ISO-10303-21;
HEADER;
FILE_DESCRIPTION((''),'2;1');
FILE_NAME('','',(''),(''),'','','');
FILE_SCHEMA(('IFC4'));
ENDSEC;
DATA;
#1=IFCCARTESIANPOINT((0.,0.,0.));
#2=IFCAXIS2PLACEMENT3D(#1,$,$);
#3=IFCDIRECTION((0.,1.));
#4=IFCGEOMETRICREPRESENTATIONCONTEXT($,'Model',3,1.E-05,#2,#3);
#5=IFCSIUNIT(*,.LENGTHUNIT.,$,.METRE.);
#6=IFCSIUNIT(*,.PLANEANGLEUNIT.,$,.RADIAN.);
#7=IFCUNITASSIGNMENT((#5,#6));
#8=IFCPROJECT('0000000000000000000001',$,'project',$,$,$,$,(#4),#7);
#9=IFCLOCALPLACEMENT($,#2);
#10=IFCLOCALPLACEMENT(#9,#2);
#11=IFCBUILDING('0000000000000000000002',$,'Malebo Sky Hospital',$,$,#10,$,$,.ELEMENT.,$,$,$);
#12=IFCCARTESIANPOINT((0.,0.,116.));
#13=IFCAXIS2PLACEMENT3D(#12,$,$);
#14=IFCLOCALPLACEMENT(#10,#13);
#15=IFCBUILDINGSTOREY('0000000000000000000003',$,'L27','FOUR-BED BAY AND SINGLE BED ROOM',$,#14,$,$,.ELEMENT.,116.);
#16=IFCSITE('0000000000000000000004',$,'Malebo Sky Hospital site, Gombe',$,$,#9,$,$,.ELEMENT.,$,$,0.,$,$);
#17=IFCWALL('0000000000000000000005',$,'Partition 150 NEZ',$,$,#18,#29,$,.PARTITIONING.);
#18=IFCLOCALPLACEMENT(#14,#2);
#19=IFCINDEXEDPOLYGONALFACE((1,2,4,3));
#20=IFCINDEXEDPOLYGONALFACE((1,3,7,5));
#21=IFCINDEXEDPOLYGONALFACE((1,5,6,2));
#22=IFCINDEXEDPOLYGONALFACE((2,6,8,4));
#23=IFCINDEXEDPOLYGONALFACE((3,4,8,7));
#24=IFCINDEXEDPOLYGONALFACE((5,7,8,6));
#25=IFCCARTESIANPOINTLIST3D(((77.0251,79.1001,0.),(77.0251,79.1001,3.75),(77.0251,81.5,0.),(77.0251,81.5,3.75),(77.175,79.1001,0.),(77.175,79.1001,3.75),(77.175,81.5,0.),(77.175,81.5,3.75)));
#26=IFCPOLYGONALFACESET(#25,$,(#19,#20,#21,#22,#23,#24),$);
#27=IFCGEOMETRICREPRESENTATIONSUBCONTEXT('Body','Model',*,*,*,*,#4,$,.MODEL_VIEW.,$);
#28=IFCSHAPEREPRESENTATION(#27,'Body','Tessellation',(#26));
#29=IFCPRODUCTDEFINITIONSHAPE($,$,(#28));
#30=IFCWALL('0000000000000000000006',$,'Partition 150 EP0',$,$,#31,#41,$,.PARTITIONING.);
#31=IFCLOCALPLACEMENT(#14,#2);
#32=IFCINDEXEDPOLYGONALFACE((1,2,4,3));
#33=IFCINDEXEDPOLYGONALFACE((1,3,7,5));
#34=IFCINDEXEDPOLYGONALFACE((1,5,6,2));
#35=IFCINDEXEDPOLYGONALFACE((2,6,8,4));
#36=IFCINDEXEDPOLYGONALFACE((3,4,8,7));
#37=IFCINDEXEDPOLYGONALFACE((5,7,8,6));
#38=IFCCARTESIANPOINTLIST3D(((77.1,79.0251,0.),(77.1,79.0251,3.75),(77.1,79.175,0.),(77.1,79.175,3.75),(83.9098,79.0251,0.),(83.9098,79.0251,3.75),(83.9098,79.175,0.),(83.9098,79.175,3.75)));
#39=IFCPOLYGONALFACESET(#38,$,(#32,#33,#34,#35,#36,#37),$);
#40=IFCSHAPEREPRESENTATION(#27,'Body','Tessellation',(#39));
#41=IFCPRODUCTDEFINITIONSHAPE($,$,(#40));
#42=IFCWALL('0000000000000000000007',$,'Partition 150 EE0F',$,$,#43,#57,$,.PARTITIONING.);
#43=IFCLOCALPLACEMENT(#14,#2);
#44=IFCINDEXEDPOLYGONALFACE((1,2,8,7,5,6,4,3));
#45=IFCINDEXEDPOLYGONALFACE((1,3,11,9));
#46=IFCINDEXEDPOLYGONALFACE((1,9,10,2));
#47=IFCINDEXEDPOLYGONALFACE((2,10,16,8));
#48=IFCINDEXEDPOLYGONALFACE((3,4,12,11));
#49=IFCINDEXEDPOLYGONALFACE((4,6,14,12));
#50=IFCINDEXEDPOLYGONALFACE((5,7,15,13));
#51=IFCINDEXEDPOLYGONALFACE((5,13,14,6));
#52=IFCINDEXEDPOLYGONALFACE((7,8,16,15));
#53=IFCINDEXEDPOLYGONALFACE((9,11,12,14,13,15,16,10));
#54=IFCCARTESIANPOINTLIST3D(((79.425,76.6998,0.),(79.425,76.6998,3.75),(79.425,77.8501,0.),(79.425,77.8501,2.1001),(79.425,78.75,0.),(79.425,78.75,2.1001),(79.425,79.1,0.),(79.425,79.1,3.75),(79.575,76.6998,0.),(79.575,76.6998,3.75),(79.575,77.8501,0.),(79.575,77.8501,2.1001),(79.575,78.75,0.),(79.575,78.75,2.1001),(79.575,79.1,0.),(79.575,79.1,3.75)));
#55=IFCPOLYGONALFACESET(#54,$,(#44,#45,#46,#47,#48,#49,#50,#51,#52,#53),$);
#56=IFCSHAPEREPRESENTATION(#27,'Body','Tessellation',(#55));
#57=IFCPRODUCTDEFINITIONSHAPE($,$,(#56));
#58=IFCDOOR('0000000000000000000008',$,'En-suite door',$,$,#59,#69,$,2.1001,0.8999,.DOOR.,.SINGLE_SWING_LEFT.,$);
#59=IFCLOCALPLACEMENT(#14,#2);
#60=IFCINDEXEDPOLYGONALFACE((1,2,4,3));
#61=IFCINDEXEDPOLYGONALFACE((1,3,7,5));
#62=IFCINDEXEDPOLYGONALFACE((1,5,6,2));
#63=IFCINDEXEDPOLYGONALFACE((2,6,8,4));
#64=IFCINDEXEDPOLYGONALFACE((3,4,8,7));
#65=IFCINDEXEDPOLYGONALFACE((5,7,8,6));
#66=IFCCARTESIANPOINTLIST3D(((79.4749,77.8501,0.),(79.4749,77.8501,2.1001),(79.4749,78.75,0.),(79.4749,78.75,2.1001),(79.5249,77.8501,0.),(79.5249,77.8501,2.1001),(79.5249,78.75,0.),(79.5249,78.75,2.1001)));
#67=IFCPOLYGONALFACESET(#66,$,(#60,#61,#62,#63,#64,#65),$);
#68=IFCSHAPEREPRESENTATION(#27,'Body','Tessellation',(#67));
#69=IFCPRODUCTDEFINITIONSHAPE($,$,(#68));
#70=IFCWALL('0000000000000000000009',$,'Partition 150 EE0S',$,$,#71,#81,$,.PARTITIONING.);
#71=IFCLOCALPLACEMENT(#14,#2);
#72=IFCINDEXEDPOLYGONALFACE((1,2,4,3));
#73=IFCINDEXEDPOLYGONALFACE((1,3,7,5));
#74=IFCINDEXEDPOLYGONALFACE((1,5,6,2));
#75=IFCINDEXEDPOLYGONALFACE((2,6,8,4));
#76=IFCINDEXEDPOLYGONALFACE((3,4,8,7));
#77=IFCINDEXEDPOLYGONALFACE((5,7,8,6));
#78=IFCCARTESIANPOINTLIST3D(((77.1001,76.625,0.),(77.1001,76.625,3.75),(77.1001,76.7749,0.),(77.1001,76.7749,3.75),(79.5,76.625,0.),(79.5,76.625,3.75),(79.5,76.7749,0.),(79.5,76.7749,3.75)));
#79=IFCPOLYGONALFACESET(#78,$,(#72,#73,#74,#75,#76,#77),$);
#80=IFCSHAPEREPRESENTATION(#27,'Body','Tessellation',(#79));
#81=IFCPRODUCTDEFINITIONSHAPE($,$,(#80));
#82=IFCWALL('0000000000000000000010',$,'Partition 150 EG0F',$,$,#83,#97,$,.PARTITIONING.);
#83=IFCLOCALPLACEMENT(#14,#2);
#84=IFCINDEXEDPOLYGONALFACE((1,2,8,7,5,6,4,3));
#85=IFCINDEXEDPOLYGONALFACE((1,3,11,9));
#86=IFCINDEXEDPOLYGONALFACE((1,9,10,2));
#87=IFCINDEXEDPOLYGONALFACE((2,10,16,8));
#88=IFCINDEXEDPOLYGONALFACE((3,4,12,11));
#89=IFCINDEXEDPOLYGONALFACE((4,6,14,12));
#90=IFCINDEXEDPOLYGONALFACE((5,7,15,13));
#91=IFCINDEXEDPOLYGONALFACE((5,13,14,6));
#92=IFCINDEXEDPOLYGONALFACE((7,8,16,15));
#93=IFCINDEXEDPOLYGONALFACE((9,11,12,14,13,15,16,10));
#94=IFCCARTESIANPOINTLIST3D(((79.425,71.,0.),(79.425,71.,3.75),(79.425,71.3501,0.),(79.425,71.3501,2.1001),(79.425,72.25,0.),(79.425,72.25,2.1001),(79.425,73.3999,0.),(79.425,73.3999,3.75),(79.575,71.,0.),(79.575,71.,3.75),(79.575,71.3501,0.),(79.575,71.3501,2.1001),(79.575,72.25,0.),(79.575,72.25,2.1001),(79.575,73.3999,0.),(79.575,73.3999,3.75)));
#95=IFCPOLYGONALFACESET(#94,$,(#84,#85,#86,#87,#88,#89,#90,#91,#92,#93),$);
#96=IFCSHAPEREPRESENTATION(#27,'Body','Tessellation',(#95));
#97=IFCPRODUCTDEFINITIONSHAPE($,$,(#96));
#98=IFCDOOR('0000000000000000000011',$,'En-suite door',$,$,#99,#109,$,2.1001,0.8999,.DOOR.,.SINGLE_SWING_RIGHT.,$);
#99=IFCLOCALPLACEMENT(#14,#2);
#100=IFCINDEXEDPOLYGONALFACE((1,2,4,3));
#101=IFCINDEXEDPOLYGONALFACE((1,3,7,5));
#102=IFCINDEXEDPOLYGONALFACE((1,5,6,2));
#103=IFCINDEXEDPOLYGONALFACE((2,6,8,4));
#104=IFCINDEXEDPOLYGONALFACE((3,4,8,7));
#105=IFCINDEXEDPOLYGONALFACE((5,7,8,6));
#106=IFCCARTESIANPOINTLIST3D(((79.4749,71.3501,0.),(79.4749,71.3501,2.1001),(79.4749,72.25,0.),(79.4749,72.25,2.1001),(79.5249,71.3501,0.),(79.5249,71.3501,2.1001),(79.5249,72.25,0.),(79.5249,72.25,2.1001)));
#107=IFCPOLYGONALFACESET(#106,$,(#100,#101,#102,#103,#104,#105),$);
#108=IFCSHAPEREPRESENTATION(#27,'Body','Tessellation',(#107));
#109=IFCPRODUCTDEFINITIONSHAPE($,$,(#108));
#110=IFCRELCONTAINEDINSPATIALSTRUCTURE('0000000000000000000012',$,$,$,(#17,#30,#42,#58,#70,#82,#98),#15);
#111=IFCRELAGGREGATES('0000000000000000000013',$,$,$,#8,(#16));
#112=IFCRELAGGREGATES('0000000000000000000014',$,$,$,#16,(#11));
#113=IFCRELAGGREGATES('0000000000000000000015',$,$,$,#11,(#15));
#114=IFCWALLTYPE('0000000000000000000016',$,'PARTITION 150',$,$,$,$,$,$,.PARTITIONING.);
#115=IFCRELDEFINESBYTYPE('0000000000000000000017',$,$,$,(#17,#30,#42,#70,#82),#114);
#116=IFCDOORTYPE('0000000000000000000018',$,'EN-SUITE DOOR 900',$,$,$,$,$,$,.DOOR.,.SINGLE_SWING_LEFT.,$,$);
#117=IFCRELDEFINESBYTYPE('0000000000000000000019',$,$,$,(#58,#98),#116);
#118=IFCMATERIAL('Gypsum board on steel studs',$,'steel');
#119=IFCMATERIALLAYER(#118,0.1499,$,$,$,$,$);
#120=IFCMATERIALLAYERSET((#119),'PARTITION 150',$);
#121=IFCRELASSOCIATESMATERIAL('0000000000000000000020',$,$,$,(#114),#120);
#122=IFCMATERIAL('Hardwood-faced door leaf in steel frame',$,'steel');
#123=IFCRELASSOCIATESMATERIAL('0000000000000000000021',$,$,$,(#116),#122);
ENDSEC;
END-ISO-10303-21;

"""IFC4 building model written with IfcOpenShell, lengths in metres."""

from ifc_helpers import new_model, si_unit, direction, frame, frame_2d, origin, place, context, subcontext, project, spatial, rectangle, extrude, material, layer, layer_set, type_object, element, fill, save


model = new_model("IFC4")

# Units and contexts
model_context = context("Model", 3, precision=1e-05, world=origin(), true_north=direction((0.0, 1.0)))
body_context = subcontext(model_context, "Body", "Model", "MODEL_VIEW")
ifc_project = project(units=[si_unit("LENGTHUNIT", "METRE"), si_unit("PLANEANGLEUNIT", "RADIAN")], contexts=[model_context])

# Site, building, storey
site_placement = place(None, origin())
site = spatial("IfcSite", under=ifc_project, at=site_placement, Name="Malebo Sky Hospital site, Gombe", CompositionType="ELEMENT", RefElevation=0.0)
building_placement = place(site_placement, origin())
building = spatial("IfcBuilding", under=site, at=building_placement, Name="Malebo Sky Hospital", CompositionType="ELEMENT")
storey_placement = place(building_placement, frame((0.0, 0.0, 116.0)))
storey = spatial("IfcBuildingStorey", under=building, at=storey_placement, Name="L27", Description="FOUR-BED BAY AND SINGLE BED ROOM", CompositionType="ELEMENT", Elevation=116.0)

# Shared definitions
ifc_material_1 = material(Name="Gypsum board on steel studs", Category="steel")
ifc_material_2 = material(Name="Hardwood-faced door leaf in steel frame", Category="steel")

# Walls
ifc_layer_1 = layer(ifc_material_1, 0.1499)
ifc_layer_set_1 = layer_set([ifc_layer_1], Name="PARTITION 150")
wall_type_1 = type_object("IfcWallType", Name="PARTITION 150", PredefinedType="PARTITIONING", material=ifc_layer_set_1)
for number, where, z_axis, x_axis, name in (
    (1, (77.1001, 79.1001, 0.0), (0.0, 0.0, 1.0), (0.0, 1.0, 0.0), "Partition 150 NEZ"),
):
    element("IfcWall", number, at=place(storey_placement, frame(where, z_axis=z_axis, x_axis=x_axis)), inside=storey, type_object=wall_type_1, Name=name, PredefinedType="PARTITIONING", context=body_context, shape_type="SweptSolid", body=[
        extrude(rectangle(XDim=2.3999, YDim=0.1499, at=frame_2d((1.2, 0.0))), origin(), (0.0, 0.0, 1.0), 3.75),
    ])
wall_1_placement = place(storey_placement, frame((77.1001, 79.1001, 0.0), z_axis=(0.0, 0.0, 1.0), x_axis=(1.0, 0.0, 0.0)))
element("IfcWall", 2, at=wall_1_placement, inside=storey, type_object=wall_type_1, Name="Partition 150 EP0", PredefinedType="PARTITIONING", context=body_context, shape_type="SweptSolid", body=[
    extrude(rectangle(XDim=6.8098, YDim=0.1499, at=frame_2d((3.4048, 0.0))), origin(), (0.0, 0.0, 1.0), 3.75),
])

# Wall, opening, door
wall_2_placement = place(storey_placement, frame((79.5, 79.1001, 0.0), z_axis=(0.0, 0.0, 1.0), x_axis=(0.0, -1.0, 0.0)))
wall_2 = element("IfcWall", 3, at=wall_2_placement, inside=storey, type_object=wall_type_1, Name="Partition 150 EE0F", PredefinedType="PARTITIONING", context=body_context, shape_type="SweptSolid", body=[
    extrude(rectangle(XDim=2.4001, YDim=0.1499, at=frame_2d((1.2002, 0.0))), origin(), (0.0, 0.0, 1.0), 3.75),
])
opening_1_placement = place(wall_2_placement, frame((0.3501, 0.0, 0.0)))
opening_1 = element("IfcOpeningElement", 4, at=opening_1_placement, cuts=wall_2, PredefinedType="OPENING", context=body_context, shape_type="SweptSolid", body=[
    extrude(rectangle(XDim=0.8999, YDim=2.1001, at=frame_2d((0.45, 1.05))), frame((0.0, 0.085, 0.0), z_axis=(0.0, -1.0, 0.0), x_axis=(1.0, 0.0, 0.0)), (0.0, 0.0, 1.0), 0.1699),
])
door_type_1 = type_object("IfcDoorType", Name="EN-SUITE DOOR 900", OperationType="SINGLE_SWING_LEFT", PredefinedType="DOOR", material=ifc_material_2)
door_1_placement = place(opening_1_placement, origin())
door_1 = element("IfcDoor", 5, at=door_1_placement, inside=storey, type_object=door_type_1, Name="En-suite door", OperationType="SINGLE_SWING_LEFT", OverallHeight=2.1001, OverallWidth=0.8999, PredefinedType="DOOR", context=body_context, shape_type="SweptSolid", body=[
    extrude(rectangle(XDim=0.8999, YDim=2.1001, at=frame_2d((0.45, 1.05))), frame((0.0, 0.0249, 0.0), z_axis=(0.0, -1.0, 0.0), x_axis=(1.0, 0.0, 0.0)), (0.0, 0.0, 1.0), 0.05),
])
fill(opening_1, door_1)

# Wall
wall_3_placement = place(storey_placement, frame((77.1001, 76.7, 0.0), z_axis=(0.0, 0.0, 1.0), x_axis=(1.0, 0.0, 0.0)))
element("IfcWall", 6, at=wall_3_placement, inside=storey, type_object=wall_type_1, Name="Partition 150 EE0S", PredefinedType="PARTITIONING", context=body_context, shape_type="SweptSolid", body=[
    extrude(rectangle(XDim=2.3999, YDim=0.1499, at=frame_2d((1.2, 0.0))), origin(), (0.0, 0.0, 1.0), 3.75),
])

# Wall, opening, door
wall_4_placement = place(storey_placement, frame((79.5, 73.3999, 0.0), z_axis=(0.0, 0.0, 1.0), x_axis=(0.0, -1.0, 0.0)))
wall_4 = element("IfcWall", 7, at=wall_4_placement, inside=storey, type_object=wall_type_1, Name="Partition 150 EG0F", PredefinedType="PARTITIONING", context=body_context, shape_type="SweptSolid", body=[
    extrude(rectangle(XDim=2.3999, YDim=0.1499, at=frame_2d((1.2, 0.0))), origin(), (0.0, 0.0, 1.0), 3.75),
])
opening_2_placement = place(wall_4_placement, frame((1.1499, 0.0, 0.0)))
opening_2 = element("IfcOpeningElement", 8, at=opening_2_placement, cuts=wall_4, PredefinedType="OPENING", context=body_context, shape_type="SweptSolid", body=[
    extrude(rectangle(XDim=0.8999, YDim=2.1001, at=frame_2d((0.45, 1.05))), frame((0.0, 0.085, 0.0), z_axis=(0.0, -1.0, 0.0), x_axis=(1.0, 0.0, 0.0)), (0.0, 0.0, 1.0), 0.1699),
])
door_2_placement = place(opening_2_placement, origin())
door_2 = element("IfcDoor", 9, at=door_2_placement, inside=storey, type_object=door_type_1, Name="En-suite door", OperationType="SINGLE_SWING_RIGHT", OverallHeight=2.1001, OverallWidth=0.8999, PredefinedType="DOOR", context=body_context, shape_type="SweptSolid", body=[
    extrude(rectangle(XDim=0.8999, YDim=2.1001, at=frame_2d((0.45, 1.05))), frame((0.0, 0.0249, 0.0), z_axis=(0.0, -1.0, 0.0), x_axis=(1.0, 0.0, 0.0)), (0.0, 0.0, 1.0), 0.05),
])
fill(opening_2, door_2)

save(model, "model.ifc")
